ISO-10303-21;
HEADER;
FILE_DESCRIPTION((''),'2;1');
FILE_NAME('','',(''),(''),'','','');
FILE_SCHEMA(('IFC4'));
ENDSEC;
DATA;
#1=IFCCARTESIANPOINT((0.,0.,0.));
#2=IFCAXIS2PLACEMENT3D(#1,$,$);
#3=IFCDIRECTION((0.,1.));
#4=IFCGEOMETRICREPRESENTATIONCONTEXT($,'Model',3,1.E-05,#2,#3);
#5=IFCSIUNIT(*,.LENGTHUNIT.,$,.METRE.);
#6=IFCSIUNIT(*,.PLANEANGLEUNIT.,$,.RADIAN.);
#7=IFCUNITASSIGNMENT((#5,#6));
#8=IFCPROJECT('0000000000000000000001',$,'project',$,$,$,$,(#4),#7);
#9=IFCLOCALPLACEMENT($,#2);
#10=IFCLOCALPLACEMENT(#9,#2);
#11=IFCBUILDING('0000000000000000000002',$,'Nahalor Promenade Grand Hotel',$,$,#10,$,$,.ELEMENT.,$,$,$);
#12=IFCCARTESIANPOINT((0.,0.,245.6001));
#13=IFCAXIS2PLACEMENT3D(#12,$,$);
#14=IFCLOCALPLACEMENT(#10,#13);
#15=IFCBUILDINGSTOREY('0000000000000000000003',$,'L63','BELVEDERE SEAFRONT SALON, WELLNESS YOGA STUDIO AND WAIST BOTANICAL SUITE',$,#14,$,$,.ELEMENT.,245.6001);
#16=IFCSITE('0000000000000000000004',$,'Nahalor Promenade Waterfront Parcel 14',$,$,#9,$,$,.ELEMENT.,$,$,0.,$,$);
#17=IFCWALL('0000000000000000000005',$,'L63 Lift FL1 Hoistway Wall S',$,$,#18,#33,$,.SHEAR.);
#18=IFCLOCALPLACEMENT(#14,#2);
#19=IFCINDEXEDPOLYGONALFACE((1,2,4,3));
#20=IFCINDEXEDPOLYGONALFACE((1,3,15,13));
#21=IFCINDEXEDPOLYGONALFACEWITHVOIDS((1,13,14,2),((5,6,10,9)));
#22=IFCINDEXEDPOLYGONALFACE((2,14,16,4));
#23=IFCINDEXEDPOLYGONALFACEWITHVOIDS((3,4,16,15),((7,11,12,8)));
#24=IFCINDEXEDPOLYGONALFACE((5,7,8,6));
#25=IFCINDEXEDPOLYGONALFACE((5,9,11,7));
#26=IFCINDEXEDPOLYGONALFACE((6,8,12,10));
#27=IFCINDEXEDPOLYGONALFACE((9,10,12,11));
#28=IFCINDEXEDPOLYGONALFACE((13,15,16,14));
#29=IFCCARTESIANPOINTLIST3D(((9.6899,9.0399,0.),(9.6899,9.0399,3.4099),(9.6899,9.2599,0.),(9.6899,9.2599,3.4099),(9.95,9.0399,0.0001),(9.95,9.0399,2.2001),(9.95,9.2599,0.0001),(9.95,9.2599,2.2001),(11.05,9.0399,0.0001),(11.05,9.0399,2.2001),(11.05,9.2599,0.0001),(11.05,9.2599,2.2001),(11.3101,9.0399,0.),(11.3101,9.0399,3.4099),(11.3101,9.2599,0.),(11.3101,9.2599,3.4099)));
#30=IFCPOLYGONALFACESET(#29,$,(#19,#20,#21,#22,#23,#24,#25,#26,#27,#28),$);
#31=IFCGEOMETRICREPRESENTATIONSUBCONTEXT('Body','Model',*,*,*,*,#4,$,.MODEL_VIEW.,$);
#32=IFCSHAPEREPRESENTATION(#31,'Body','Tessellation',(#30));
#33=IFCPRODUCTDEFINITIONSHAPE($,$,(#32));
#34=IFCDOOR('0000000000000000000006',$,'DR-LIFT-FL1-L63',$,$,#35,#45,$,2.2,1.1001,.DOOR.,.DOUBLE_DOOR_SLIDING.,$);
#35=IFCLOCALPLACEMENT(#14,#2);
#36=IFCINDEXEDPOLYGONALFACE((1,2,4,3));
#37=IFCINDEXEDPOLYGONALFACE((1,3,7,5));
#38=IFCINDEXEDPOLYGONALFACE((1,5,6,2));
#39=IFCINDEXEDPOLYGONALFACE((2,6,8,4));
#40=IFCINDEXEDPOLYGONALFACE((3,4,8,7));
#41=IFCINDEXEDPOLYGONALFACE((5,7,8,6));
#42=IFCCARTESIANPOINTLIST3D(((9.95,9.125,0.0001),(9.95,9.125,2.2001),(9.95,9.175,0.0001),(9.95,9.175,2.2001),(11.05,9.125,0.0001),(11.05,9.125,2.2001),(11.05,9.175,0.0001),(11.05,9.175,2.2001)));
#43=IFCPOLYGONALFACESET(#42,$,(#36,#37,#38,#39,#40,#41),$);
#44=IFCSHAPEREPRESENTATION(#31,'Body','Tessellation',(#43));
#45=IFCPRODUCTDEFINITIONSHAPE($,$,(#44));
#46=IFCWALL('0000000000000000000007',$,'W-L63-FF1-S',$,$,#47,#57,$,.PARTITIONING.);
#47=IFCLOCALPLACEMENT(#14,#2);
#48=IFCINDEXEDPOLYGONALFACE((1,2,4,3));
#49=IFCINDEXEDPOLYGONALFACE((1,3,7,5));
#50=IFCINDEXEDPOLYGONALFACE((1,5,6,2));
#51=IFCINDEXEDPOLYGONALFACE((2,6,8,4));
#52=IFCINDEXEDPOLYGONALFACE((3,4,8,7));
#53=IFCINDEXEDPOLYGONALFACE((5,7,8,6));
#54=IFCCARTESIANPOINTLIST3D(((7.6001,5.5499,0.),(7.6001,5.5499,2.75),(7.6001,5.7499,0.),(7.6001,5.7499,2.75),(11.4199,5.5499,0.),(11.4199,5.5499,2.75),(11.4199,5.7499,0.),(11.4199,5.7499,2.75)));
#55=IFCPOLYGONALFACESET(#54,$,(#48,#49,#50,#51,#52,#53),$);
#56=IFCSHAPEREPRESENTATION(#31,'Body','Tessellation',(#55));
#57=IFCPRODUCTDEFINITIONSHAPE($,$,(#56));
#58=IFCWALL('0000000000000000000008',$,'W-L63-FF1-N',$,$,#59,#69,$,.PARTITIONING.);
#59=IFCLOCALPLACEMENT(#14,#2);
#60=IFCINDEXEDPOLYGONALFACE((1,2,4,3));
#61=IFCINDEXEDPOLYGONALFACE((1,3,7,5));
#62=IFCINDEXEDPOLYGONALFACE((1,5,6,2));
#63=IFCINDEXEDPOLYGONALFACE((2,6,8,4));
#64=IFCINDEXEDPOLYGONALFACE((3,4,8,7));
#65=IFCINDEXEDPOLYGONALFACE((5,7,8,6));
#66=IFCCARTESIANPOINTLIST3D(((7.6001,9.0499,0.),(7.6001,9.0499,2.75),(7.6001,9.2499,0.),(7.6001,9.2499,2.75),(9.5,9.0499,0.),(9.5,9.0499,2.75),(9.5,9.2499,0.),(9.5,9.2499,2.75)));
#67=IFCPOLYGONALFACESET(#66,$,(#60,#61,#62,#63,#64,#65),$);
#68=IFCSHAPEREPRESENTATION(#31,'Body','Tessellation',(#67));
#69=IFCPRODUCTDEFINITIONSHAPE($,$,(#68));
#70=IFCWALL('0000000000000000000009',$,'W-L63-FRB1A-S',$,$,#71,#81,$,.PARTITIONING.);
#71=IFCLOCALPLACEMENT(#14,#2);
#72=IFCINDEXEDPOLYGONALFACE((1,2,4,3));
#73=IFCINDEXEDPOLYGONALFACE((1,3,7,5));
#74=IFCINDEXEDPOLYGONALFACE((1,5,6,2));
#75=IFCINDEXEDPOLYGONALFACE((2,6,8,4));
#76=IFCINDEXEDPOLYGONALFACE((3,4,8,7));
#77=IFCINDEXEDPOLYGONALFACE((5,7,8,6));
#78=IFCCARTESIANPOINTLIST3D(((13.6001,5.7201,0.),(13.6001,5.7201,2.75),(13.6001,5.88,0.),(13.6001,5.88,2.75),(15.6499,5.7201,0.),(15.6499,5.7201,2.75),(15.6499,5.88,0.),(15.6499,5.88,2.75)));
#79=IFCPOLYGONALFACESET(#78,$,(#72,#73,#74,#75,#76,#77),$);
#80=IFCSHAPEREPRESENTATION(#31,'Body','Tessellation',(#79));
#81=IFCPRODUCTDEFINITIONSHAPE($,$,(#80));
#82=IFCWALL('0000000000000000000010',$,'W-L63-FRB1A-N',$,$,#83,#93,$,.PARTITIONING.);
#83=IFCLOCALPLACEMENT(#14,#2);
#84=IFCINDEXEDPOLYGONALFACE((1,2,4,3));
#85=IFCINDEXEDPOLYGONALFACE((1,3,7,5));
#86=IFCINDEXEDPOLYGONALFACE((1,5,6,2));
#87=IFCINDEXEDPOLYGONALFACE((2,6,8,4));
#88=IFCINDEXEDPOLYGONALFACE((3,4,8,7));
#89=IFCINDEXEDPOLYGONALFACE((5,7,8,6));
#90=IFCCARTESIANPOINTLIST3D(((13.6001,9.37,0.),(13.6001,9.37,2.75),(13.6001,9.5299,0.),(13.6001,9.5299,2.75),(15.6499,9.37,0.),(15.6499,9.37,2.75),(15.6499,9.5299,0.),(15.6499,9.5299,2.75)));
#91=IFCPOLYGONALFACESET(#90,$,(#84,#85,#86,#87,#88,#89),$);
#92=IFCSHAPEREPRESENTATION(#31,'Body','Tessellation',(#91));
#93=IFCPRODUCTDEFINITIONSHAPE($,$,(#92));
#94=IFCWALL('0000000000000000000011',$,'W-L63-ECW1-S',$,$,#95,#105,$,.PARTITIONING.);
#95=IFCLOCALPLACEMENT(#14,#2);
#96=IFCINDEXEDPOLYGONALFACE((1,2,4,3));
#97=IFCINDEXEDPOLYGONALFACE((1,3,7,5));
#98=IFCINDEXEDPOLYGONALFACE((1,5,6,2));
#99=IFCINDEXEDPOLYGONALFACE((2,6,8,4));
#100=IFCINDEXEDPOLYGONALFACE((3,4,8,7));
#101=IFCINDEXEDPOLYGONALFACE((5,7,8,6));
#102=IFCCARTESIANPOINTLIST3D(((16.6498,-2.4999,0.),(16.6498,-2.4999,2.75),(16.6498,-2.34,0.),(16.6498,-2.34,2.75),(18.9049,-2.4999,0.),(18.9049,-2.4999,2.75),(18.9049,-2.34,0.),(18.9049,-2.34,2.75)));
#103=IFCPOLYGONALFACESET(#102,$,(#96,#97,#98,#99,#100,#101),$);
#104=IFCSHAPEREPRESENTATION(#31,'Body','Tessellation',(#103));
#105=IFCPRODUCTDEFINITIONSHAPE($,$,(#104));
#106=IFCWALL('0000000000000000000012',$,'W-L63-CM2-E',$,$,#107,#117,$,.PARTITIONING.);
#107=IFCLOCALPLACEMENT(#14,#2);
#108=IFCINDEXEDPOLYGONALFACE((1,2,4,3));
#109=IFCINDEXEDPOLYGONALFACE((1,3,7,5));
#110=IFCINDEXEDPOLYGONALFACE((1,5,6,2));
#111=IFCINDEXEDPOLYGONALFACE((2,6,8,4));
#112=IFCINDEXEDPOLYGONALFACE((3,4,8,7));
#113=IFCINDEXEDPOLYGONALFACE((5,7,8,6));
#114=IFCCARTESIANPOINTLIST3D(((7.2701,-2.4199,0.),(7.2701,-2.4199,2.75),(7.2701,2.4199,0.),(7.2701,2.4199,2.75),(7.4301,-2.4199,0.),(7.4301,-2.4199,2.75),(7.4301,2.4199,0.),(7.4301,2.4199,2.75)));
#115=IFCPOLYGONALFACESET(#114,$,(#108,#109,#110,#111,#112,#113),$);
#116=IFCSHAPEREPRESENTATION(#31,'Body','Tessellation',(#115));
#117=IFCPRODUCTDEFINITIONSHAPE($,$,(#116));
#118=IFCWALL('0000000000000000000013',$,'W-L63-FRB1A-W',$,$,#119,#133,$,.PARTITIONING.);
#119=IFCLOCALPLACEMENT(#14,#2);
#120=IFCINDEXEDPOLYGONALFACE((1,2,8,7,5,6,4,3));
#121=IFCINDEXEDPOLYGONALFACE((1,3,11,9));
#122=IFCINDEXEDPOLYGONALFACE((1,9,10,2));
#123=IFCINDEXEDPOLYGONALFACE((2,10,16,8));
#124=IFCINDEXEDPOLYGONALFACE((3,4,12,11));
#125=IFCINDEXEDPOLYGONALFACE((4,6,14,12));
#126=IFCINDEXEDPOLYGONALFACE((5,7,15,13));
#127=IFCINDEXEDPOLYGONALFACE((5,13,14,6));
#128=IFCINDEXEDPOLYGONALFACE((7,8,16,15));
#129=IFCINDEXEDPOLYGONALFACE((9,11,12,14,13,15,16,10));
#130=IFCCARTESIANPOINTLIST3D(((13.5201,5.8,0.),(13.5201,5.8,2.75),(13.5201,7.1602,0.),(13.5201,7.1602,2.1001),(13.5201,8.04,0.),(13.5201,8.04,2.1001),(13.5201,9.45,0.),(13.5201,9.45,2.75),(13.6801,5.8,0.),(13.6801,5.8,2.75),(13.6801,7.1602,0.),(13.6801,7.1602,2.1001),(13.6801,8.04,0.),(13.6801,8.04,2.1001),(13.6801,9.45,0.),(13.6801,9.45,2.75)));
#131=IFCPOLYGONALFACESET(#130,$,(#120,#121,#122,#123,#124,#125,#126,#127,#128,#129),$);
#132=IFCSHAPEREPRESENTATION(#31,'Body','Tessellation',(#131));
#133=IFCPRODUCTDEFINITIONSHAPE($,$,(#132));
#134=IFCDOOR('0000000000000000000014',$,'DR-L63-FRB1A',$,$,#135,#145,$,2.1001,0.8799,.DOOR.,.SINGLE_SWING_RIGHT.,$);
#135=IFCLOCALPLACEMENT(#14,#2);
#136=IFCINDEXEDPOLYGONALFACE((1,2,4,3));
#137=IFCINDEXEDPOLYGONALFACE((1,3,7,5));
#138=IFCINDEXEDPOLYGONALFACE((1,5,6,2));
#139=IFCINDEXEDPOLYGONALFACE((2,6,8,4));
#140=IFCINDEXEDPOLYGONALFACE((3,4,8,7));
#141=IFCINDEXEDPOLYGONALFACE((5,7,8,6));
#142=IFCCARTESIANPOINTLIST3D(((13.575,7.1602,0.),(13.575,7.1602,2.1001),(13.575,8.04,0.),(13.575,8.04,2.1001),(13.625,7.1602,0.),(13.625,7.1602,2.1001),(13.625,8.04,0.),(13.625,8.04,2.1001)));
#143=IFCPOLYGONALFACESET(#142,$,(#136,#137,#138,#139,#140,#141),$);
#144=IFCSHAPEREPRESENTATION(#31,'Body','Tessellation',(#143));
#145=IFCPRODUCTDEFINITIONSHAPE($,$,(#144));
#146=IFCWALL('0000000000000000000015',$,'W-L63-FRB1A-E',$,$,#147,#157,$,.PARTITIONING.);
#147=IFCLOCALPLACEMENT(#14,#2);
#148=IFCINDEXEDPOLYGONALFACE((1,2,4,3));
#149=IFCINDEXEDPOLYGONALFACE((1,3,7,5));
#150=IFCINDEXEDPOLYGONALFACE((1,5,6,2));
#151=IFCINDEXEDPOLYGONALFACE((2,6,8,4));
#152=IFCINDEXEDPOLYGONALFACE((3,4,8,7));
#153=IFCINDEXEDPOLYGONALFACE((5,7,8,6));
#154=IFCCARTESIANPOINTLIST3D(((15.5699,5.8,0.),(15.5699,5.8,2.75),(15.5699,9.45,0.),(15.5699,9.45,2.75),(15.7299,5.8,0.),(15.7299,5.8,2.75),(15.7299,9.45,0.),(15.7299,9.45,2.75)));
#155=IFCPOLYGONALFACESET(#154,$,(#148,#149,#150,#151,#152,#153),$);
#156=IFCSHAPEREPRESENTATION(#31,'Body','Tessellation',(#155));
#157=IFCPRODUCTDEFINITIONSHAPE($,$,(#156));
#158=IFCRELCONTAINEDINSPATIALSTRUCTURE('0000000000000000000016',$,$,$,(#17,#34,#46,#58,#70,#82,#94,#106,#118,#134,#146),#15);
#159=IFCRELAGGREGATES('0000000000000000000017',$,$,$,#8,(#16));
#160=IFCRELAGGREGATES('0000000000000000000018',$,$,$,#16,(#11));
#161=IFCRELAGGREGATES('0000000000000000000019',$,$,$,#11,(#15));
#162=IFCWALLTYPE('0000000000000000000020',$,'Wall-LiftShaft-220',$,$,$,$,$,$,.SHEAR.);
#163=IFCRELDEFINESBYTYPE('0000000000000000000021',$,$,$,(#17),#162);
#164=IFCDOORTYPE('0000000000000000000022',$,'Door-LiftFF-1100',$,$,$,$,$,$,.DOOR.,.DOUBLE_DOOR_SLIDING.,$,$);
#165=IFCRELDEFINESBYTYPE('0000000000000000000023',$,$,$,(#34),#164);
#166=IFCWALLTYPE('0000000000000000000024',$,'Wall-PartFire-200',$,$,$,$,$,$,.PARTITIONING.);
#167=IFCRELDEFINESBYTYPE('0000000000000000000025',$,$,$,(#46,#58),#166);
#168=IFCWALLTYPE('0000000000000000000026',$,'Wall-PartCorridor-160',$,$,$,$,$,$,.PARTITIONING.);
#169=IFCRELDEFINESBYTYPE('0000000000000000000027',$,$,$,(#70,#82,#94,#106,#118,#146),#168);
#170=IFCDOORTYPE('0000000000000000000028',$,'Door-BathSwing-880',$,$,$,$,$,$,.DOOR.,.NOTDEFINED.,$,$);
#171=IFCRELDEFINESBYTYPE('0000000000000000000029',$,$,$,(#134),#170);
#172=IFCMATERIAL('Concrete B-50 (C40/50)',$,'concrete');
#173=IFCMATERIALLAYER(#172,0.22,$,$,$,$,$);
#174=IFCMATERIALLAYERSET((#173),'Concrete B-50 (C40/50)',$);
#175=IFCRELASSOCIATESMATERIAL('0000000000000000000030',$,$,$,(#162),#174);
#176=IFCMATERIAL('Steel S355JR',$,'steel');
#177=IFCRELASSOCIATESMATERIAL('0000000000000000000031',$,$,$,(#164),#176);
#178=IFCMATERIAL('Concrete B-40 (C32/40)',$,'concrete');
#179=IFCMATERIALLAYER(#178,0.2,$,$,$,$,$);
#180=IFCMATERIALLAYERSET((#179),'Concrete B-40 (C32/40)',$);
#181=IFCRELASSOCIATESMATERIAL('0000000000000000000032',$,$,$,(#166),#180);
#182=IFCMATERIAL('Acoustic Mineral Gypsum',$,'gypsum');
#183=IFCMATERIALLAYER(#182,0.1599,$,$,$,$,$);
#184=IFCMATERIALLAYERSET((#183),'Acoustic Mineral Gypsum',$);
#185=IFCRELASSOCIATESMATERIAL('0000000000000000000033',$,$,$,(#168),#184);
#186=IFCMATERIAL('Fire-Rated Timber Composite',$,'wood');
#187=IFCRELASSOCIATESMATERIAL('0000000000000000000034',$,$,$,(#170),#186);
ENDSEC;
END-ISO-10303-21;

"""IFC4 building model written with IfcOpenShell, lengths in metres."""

from ifc_helpers import new_model, si_unit, direction, frame, frame_2d, origin, place, context, subcontext, project, spatial, rectangle, extrude, source, transform, mapped, material, layer, layer_set, type_object, element, fill, save


model = new_model("IFC4")

# Units and contexts
model_context = context("Model", 3, precision=1e-05, world=origin(), true_north=direction((0.0, 1.0)))
body_context = subcontext(model_context, "Body", "Model", "MODEL_VIEW")
ifc_project = project(units=[si_unit("LENGTHUNIT", "METRE"), si_unit("PLANEANGLEUNIT", "RADIAN")], contexts=[model_context])

# Site, building, storey
site_placement = place(None, origin())
site = spatial("IfcSite", under=ifc_project, at=site_placement, Name="Nahalor Promenade Waterfront Parcel 14", CompositionType="ELEMENT", RefElevation=0.0)
building_placement = place(site_placement, origin())
building = spatial("IfcBuilding", under=site, at=building_placement, Name="Nahalor Promenade Grand Hotel", CompositionType="ELEMENT")
storey_placement = place(building_placement, frame((0.0, 0.0, 245.6001)))
storey = spatial("IfcBuildingStorey", under=building, at=storey_placement, Name="L63", Description="BELVEDERE SEAFRONT SALON, WELLNESS YOGA STUDIO AND WAIST BOTANICAL SUITE", CompositionType="ELEMENT", Elevation=245.6001)

# Shared definitions
ifc_material_1 = material(Name="Steel S355JR", Category="steel")

# Shared definitions
ifc_material_2 = material(Name="Concrete B-50 (C40/50)", Category="concrete")

# Shared definitions
ifc_layer_1 = layer(ifc_material_2, 0.22)
ifc_layer_set_1 = layer_set([ifc_layer_1], Name="Concrete B-50 (C40/50)")
wall_type_1 = type_object("IfcWallType", Name="Wall-LiftShaft-220", PredefinedType="SHEAR", material=ifc_layer_set_1)

# Wall, opening, door
shared_shape_1 = source(origin(), body_context, "Body", "SweptSolid", [
    extrude(rectangle(XDim=1.6201, YDim=0.22, at=frame_2d((0.8101, 0.0))), origin(), (0.0, 0.0, 1.0), 3.4099),
])
wall_1_placement = place(storey_placement, frame((9.6899, 9.1499, 0.0), z_axis=(0.0, 0.0, 1.0), x_axis=(1.0, 0.0, 0.0)))
wall_1 = element("IfcWall", 1, at=wall_1_placement, inside=storey, type_object=wall_type_1, Name="L63 Lift FL1 Hoistway Wall S", PredefinedType="SHEAR", context=body_context, shape_type="MappedRepresentation", body=[
    mapped(shared_shape_1, transform((0.0, 0.0, 0.0), scale=1.0)),
])
opening_1_placement = place(wall_1_placement, frame((0.26, 0.0, 0.0)))
opening_1 = element("IfcOpeningElement", 2, at=opening_1_placement, cuts=wall_1, PredefinedType="OPENING", context=body_context, shape_type="SweptSolid", body=[
    extrude(rectangle(XDim=1.1001, YDim=2.2, at=frame_2d((0.55, 1.1001))), frame((0.0, 0.1199, 0.0), z_axis=(0.0, -1.0, 0.0), x_axis=(1.0, 0.0, 0.0)), (0.0, 0.0, 1.0), 0.24),
])
door_type_1 = type_object("IfcDoorType", Name="Door-LiftFF-1100", OperationType="DOUBLE_DOOR_SLIDING", PredefinedType="DOOR", material=ifc_material_1)
shared_shape_2 = source(origin(), body_context, "Body", "SweptSolid", [
    extrude(rectangle(XDim=1.1001, YDim=2.2, at=frame_2d((0.55, 1.1001))), frame((0.0, 0.0249, 0.0), z_axis=(0.0, -1.0, 0.0), x_axis=(1.0, 0.0, 0.0)), (0.0, 0.0, 1.0), 0.05),
])
door_1_placement = place(opening_1_placement, frame((1.1001, 0.0, 0.0), z_axis=(0.0, 0.0, 1.0), x_axis=(-1.0, 0.0, 0.0)))
door_1 = element("IfcDoor", 3, at=door_1_placement, inside=storey, type_object=door_type_1, Name="DR-LIFT-FL1-L63", OperationType="DOUBLE_DOOR_SLIDING", OverallHeight=2.2, OverallWidth=1.1001, PredefinedType="DOOR", context=body_context, shape_type="MappedRepresentation", body=[
    mapped(shared_shape_2, transform((0.0, 0.0, 0.0), scale=1.0)),
])
fill(opening_1, door_1)

# Walls
ifc_material_3 = material(Name="Concrete B-40 (C32/40)", Category="concrete")
ifc_layer_2 = layer(ifc_material_3, 0.2)
ifc_layer_set_2 = layer_set([ifc_layer_2], Name="Concrete B-40 (C32/40)")
wall_type_2 = type_object("IfcWallType", Name="Wall-PartFire-200", PredefinedType="PARTITIONING", material=ifc_layer_set_2)
shared_shape_3 = source(origin(), body_context, "Body", "SweptSolid", [
    extrude(rectangle(XDim=3.8198, YDim=0.2, at=frame_2d((1.9099, 0.0))), origin(), (0.0, 0.0, 1.0), 2.75),
])
wall_2_placement = place(storey_placement, frame((7.6001, 5.6499, 0.0), z_axis=(0.0, 0.0, 1.0), x_axis=(1.0, 0.0, 0.0)))
element("IfcWall", 4, at=wall_2_placement, inside=storey, type_object=wall_type_2, Name="W-L63-FF1-S", PredefinedType="PARTITIONING", context=body_context, shape_type="MappedRepresentation", body=[
    mapped(shared_shape_3, transform((0.0, 0.0, 0.0), scale=1.0)),
])
shared_shape_4 = source(origin(), body_context, "Body", "SweptSolid", [
    extrude(rectangle(XDim=1.8999, YDim=0.2, at=frame_2d((0.95, 0.0))), origin(), (0.0, 0.0, 1.0), 2.75),
])
wall_3_placement = place(storey_placement, frame((7.6001, 9.1499, 0.0), z_axis=(0.0, 0.0, 1.0), x_axis=(1.0, 0.0, 0.0)))
element("IfcWall", 5, at=wall_3_placement, inside=storey, type_object=wall_type_2, Name="W-L63-FF1-N", PredefinedType="PARTITIONING", context=body_context, shape_type="MappedRepresentation", body=[
    mapped(shared_shape_4, transform((0.0, 0.0, 0.0), scale=1.0)),
])

# Walls
ifc_material_4 = material(Name="Acoustic Mineral Gypsum", Category="gypsum")
ifc_layer_3 = layer(ifc_material_4, 0.1599)
ifc_layer_set_3 = layer_set([ifc_layer_3], Name="Acoustic Mineral Gypsum")
wall_type_3 = type_object("IfcWallType", Name="Wall-PartCorridor-160", PredefinedType="PARTITIONING", material=ifc_layer_set_3)
shared_shape_5 = source(origin(), body_context, "Body", "SweptSolid", [
    extrude(rectangle(XDim=2.0498, YDim=0.1599, at=frame_2d((1.0249, 0.0))), origin(), (0.0, 0.0, 1.0), 2.75),
])
for number, where, z_axis, x_axis, name in (
    (6, (13.6001, 5.8, 0.0), (0.0, 0.0, 1.0), (1.0, 0.0, 0.0), "W-L63-FRB1A-S"),
    (7, (13.6001, 9.45, 0.0), (0.0, 0.0, 1.0), (1.0, 0.0, 0.0), "W-L63-FRB1A-N"),
):
    element("IfcWall", number, at=place(storey_placement, frame(where, z_axis=z_axis, x_axis=x_axis)), inside=storey, type_object=wall_type_3, Name=name, PredefinedType="PARTITIONING", context=body_context, shape_type="MappedRepresentation", body=[
        mapped(shared_shape_5, transform((0.0, 0.0, 0.0), scale=1.0)),
    ])
shared_shape_6 = source(origin(), body_context, "Body", "SweptSolid", [
    extrude(rectangle(XDim=2.2551, YDim=0.1599, at=frame_2d((1.1274, 0.0))), origin(), (0.0, 0.0, 1.0), 2.75),
])
wall_4_placement = place(storey_placement, frame((16.6499, -2.4199, 0.0), z_axis=(0.0, 0.0, 1.0), x_axis=(1.0, 0.0, 0.0)))
element("IfcWall", 8, at=wall_4_placement, inside=storey, type_object=wall_type_3, Name="W-L63-ECW1-S", PredefinedType="PARTITIONING", context=body_context, shape_type="MappedRepresentation", body=[
    mapped(shared_shape_6, transform((0.0, 0.0, 0.0), scale=1.0)),
])
shared_shape_7 = source(origin(), body_context, "Body", "SweptSolid", [
    extrude(rectangle(XDim=4.8398, YDim=0.1599, at=frame_2d((2.4199, 0.0))), origin(), (0.0, 0.0, 1.0), 2.75),
])
wall_5_placement = place(storey_placement, frame((7.3501, -2.4199, 0.0), z_axis=(0.0, 0.0, 1.0), x_axis=(0.0, 1.0, 0.0)))
element("IfcWall", 9, at=wall_5_placement, inside=storey, type_object=wall_type_3, Name="W-L63-CM2-E", PredefinedType="PARTITIONING", context=body_context, shape_type="MappedRepresentation", body=[
    mapped(shared_shape_7, transform((0.0, 0.0, 0.0), scale=1.0)),
])

# Wall, opening, door
shared_shape_8 = source(origin(), body_context, "Body", "SweptSolid", [
    extrude(rectangle(XDim=3.6499, YDim=0.1599, at=frame_2d((1.825, 0.0))), origin(), (0.0, 0.0, 1.0), 2.75),
])
wall_6_placement = place(storey_placement, frame((13.6001, 5.8, 0.0), z_axis=(0.0, 0.0, 1.0), x_axis=(0.0, 1.0, 0.0)))
wall_6 = element("IfcWall", 10, at=wall_6_placement, inside=storey, type_object=wall_type_3, Name="W-L63-FRB1A-W", PredefinedType="PARTITIONING", context=body_context, shape_type="MappedRepresentation", body=[
    mapped(shared_shape_8, transform((0.0, 0.0, 0.0), scale=1.0)),
])
opening_2_placement = place(wall_6_placement, frame((1.3601, 0.0, 0.0)))
opening_2 = element("IfcOpeningElement", 11, at=opening_2_placement, cuts=wall_6, PredefinedType="OPENING", context=body_context, shape_type="SweptSolid", body=[
    extrude(rectangle(XDim=0.8799, YDim=2.1001, at=frame_2d((0.4399, 1.05))), frame((0.0, 0.0898, 0.0), z_axis=(0.0, -1.0, 0.0), x_axis=(1.0, 0.0, 0.0)), (0.0, 0.0, 1.0), 0.1799),
])
ifc_material_5 = material(Name="Fire-Rated Timber Composite", Category="wood")
door_type_2 = type_object("IfcDoorType", Name="Door-BathSwing-880", OperationType="NOTDEFINED", PredefinedType="DOOR", material=ifc_material_5)
shared_shape_9 = source(origin(), body_context, "Body", "SweptSolid", [
    extrude(rectangle(XDim=0.8799, YDim=2.1001, at=frame_2d((0.4399, 1.05))), frame((0.0, 0.0249, 0.0), z_axis=(0.0, -1.0, 0.0), x_axis=(1.0, 0.0, 0.0)), (0.0, 0.0, 1.0), 0.05),
])
door_2_placement = place(opening_2_placement, frame((0.8799, 0.0, 0.0), z_axis=(0.0, 0.0, 1.0), x_axis=(-1.0, 0.0, 0.0)))
door_2 = element("IfcDoor", 12, at=door_2_placement, inside=storey, type_object=door_type_2, Name="DR-L63-FRB1A", OperationType="SINGLE_SWING_RIGHT", OverallHeight=2.1001, OverallWidth=0.8799, PredefinedType="DOOR", context=body_context, shape_type="MappedRepresentation", body=[
    mapped(shared_shape_9, transform((0.0, 0.0, 0.0), scale=1.0)),
])
fill(opening_2, door_2)

# Wall
wall_7_placement = place(storey_placement, frame((15.6499, 5.8, 0.0), z_axis=(0.0, 0.0, 1.0), x_axis=(0.0, 1.0, 0.0)))
element("IfcWall", 13, at=wall_7_placement, inside=storey, type_object=wall_type_3, Name="W-L63-FRB1A-E", PredefinedType="PARTITIONING", context=body_context, shape_type="MappedRepresentation", body=[
    mapped(shared_shape_8, transform((0.0, 0.0, 0.0), scale=1.0)),
])

save(model, "model.ifc")
